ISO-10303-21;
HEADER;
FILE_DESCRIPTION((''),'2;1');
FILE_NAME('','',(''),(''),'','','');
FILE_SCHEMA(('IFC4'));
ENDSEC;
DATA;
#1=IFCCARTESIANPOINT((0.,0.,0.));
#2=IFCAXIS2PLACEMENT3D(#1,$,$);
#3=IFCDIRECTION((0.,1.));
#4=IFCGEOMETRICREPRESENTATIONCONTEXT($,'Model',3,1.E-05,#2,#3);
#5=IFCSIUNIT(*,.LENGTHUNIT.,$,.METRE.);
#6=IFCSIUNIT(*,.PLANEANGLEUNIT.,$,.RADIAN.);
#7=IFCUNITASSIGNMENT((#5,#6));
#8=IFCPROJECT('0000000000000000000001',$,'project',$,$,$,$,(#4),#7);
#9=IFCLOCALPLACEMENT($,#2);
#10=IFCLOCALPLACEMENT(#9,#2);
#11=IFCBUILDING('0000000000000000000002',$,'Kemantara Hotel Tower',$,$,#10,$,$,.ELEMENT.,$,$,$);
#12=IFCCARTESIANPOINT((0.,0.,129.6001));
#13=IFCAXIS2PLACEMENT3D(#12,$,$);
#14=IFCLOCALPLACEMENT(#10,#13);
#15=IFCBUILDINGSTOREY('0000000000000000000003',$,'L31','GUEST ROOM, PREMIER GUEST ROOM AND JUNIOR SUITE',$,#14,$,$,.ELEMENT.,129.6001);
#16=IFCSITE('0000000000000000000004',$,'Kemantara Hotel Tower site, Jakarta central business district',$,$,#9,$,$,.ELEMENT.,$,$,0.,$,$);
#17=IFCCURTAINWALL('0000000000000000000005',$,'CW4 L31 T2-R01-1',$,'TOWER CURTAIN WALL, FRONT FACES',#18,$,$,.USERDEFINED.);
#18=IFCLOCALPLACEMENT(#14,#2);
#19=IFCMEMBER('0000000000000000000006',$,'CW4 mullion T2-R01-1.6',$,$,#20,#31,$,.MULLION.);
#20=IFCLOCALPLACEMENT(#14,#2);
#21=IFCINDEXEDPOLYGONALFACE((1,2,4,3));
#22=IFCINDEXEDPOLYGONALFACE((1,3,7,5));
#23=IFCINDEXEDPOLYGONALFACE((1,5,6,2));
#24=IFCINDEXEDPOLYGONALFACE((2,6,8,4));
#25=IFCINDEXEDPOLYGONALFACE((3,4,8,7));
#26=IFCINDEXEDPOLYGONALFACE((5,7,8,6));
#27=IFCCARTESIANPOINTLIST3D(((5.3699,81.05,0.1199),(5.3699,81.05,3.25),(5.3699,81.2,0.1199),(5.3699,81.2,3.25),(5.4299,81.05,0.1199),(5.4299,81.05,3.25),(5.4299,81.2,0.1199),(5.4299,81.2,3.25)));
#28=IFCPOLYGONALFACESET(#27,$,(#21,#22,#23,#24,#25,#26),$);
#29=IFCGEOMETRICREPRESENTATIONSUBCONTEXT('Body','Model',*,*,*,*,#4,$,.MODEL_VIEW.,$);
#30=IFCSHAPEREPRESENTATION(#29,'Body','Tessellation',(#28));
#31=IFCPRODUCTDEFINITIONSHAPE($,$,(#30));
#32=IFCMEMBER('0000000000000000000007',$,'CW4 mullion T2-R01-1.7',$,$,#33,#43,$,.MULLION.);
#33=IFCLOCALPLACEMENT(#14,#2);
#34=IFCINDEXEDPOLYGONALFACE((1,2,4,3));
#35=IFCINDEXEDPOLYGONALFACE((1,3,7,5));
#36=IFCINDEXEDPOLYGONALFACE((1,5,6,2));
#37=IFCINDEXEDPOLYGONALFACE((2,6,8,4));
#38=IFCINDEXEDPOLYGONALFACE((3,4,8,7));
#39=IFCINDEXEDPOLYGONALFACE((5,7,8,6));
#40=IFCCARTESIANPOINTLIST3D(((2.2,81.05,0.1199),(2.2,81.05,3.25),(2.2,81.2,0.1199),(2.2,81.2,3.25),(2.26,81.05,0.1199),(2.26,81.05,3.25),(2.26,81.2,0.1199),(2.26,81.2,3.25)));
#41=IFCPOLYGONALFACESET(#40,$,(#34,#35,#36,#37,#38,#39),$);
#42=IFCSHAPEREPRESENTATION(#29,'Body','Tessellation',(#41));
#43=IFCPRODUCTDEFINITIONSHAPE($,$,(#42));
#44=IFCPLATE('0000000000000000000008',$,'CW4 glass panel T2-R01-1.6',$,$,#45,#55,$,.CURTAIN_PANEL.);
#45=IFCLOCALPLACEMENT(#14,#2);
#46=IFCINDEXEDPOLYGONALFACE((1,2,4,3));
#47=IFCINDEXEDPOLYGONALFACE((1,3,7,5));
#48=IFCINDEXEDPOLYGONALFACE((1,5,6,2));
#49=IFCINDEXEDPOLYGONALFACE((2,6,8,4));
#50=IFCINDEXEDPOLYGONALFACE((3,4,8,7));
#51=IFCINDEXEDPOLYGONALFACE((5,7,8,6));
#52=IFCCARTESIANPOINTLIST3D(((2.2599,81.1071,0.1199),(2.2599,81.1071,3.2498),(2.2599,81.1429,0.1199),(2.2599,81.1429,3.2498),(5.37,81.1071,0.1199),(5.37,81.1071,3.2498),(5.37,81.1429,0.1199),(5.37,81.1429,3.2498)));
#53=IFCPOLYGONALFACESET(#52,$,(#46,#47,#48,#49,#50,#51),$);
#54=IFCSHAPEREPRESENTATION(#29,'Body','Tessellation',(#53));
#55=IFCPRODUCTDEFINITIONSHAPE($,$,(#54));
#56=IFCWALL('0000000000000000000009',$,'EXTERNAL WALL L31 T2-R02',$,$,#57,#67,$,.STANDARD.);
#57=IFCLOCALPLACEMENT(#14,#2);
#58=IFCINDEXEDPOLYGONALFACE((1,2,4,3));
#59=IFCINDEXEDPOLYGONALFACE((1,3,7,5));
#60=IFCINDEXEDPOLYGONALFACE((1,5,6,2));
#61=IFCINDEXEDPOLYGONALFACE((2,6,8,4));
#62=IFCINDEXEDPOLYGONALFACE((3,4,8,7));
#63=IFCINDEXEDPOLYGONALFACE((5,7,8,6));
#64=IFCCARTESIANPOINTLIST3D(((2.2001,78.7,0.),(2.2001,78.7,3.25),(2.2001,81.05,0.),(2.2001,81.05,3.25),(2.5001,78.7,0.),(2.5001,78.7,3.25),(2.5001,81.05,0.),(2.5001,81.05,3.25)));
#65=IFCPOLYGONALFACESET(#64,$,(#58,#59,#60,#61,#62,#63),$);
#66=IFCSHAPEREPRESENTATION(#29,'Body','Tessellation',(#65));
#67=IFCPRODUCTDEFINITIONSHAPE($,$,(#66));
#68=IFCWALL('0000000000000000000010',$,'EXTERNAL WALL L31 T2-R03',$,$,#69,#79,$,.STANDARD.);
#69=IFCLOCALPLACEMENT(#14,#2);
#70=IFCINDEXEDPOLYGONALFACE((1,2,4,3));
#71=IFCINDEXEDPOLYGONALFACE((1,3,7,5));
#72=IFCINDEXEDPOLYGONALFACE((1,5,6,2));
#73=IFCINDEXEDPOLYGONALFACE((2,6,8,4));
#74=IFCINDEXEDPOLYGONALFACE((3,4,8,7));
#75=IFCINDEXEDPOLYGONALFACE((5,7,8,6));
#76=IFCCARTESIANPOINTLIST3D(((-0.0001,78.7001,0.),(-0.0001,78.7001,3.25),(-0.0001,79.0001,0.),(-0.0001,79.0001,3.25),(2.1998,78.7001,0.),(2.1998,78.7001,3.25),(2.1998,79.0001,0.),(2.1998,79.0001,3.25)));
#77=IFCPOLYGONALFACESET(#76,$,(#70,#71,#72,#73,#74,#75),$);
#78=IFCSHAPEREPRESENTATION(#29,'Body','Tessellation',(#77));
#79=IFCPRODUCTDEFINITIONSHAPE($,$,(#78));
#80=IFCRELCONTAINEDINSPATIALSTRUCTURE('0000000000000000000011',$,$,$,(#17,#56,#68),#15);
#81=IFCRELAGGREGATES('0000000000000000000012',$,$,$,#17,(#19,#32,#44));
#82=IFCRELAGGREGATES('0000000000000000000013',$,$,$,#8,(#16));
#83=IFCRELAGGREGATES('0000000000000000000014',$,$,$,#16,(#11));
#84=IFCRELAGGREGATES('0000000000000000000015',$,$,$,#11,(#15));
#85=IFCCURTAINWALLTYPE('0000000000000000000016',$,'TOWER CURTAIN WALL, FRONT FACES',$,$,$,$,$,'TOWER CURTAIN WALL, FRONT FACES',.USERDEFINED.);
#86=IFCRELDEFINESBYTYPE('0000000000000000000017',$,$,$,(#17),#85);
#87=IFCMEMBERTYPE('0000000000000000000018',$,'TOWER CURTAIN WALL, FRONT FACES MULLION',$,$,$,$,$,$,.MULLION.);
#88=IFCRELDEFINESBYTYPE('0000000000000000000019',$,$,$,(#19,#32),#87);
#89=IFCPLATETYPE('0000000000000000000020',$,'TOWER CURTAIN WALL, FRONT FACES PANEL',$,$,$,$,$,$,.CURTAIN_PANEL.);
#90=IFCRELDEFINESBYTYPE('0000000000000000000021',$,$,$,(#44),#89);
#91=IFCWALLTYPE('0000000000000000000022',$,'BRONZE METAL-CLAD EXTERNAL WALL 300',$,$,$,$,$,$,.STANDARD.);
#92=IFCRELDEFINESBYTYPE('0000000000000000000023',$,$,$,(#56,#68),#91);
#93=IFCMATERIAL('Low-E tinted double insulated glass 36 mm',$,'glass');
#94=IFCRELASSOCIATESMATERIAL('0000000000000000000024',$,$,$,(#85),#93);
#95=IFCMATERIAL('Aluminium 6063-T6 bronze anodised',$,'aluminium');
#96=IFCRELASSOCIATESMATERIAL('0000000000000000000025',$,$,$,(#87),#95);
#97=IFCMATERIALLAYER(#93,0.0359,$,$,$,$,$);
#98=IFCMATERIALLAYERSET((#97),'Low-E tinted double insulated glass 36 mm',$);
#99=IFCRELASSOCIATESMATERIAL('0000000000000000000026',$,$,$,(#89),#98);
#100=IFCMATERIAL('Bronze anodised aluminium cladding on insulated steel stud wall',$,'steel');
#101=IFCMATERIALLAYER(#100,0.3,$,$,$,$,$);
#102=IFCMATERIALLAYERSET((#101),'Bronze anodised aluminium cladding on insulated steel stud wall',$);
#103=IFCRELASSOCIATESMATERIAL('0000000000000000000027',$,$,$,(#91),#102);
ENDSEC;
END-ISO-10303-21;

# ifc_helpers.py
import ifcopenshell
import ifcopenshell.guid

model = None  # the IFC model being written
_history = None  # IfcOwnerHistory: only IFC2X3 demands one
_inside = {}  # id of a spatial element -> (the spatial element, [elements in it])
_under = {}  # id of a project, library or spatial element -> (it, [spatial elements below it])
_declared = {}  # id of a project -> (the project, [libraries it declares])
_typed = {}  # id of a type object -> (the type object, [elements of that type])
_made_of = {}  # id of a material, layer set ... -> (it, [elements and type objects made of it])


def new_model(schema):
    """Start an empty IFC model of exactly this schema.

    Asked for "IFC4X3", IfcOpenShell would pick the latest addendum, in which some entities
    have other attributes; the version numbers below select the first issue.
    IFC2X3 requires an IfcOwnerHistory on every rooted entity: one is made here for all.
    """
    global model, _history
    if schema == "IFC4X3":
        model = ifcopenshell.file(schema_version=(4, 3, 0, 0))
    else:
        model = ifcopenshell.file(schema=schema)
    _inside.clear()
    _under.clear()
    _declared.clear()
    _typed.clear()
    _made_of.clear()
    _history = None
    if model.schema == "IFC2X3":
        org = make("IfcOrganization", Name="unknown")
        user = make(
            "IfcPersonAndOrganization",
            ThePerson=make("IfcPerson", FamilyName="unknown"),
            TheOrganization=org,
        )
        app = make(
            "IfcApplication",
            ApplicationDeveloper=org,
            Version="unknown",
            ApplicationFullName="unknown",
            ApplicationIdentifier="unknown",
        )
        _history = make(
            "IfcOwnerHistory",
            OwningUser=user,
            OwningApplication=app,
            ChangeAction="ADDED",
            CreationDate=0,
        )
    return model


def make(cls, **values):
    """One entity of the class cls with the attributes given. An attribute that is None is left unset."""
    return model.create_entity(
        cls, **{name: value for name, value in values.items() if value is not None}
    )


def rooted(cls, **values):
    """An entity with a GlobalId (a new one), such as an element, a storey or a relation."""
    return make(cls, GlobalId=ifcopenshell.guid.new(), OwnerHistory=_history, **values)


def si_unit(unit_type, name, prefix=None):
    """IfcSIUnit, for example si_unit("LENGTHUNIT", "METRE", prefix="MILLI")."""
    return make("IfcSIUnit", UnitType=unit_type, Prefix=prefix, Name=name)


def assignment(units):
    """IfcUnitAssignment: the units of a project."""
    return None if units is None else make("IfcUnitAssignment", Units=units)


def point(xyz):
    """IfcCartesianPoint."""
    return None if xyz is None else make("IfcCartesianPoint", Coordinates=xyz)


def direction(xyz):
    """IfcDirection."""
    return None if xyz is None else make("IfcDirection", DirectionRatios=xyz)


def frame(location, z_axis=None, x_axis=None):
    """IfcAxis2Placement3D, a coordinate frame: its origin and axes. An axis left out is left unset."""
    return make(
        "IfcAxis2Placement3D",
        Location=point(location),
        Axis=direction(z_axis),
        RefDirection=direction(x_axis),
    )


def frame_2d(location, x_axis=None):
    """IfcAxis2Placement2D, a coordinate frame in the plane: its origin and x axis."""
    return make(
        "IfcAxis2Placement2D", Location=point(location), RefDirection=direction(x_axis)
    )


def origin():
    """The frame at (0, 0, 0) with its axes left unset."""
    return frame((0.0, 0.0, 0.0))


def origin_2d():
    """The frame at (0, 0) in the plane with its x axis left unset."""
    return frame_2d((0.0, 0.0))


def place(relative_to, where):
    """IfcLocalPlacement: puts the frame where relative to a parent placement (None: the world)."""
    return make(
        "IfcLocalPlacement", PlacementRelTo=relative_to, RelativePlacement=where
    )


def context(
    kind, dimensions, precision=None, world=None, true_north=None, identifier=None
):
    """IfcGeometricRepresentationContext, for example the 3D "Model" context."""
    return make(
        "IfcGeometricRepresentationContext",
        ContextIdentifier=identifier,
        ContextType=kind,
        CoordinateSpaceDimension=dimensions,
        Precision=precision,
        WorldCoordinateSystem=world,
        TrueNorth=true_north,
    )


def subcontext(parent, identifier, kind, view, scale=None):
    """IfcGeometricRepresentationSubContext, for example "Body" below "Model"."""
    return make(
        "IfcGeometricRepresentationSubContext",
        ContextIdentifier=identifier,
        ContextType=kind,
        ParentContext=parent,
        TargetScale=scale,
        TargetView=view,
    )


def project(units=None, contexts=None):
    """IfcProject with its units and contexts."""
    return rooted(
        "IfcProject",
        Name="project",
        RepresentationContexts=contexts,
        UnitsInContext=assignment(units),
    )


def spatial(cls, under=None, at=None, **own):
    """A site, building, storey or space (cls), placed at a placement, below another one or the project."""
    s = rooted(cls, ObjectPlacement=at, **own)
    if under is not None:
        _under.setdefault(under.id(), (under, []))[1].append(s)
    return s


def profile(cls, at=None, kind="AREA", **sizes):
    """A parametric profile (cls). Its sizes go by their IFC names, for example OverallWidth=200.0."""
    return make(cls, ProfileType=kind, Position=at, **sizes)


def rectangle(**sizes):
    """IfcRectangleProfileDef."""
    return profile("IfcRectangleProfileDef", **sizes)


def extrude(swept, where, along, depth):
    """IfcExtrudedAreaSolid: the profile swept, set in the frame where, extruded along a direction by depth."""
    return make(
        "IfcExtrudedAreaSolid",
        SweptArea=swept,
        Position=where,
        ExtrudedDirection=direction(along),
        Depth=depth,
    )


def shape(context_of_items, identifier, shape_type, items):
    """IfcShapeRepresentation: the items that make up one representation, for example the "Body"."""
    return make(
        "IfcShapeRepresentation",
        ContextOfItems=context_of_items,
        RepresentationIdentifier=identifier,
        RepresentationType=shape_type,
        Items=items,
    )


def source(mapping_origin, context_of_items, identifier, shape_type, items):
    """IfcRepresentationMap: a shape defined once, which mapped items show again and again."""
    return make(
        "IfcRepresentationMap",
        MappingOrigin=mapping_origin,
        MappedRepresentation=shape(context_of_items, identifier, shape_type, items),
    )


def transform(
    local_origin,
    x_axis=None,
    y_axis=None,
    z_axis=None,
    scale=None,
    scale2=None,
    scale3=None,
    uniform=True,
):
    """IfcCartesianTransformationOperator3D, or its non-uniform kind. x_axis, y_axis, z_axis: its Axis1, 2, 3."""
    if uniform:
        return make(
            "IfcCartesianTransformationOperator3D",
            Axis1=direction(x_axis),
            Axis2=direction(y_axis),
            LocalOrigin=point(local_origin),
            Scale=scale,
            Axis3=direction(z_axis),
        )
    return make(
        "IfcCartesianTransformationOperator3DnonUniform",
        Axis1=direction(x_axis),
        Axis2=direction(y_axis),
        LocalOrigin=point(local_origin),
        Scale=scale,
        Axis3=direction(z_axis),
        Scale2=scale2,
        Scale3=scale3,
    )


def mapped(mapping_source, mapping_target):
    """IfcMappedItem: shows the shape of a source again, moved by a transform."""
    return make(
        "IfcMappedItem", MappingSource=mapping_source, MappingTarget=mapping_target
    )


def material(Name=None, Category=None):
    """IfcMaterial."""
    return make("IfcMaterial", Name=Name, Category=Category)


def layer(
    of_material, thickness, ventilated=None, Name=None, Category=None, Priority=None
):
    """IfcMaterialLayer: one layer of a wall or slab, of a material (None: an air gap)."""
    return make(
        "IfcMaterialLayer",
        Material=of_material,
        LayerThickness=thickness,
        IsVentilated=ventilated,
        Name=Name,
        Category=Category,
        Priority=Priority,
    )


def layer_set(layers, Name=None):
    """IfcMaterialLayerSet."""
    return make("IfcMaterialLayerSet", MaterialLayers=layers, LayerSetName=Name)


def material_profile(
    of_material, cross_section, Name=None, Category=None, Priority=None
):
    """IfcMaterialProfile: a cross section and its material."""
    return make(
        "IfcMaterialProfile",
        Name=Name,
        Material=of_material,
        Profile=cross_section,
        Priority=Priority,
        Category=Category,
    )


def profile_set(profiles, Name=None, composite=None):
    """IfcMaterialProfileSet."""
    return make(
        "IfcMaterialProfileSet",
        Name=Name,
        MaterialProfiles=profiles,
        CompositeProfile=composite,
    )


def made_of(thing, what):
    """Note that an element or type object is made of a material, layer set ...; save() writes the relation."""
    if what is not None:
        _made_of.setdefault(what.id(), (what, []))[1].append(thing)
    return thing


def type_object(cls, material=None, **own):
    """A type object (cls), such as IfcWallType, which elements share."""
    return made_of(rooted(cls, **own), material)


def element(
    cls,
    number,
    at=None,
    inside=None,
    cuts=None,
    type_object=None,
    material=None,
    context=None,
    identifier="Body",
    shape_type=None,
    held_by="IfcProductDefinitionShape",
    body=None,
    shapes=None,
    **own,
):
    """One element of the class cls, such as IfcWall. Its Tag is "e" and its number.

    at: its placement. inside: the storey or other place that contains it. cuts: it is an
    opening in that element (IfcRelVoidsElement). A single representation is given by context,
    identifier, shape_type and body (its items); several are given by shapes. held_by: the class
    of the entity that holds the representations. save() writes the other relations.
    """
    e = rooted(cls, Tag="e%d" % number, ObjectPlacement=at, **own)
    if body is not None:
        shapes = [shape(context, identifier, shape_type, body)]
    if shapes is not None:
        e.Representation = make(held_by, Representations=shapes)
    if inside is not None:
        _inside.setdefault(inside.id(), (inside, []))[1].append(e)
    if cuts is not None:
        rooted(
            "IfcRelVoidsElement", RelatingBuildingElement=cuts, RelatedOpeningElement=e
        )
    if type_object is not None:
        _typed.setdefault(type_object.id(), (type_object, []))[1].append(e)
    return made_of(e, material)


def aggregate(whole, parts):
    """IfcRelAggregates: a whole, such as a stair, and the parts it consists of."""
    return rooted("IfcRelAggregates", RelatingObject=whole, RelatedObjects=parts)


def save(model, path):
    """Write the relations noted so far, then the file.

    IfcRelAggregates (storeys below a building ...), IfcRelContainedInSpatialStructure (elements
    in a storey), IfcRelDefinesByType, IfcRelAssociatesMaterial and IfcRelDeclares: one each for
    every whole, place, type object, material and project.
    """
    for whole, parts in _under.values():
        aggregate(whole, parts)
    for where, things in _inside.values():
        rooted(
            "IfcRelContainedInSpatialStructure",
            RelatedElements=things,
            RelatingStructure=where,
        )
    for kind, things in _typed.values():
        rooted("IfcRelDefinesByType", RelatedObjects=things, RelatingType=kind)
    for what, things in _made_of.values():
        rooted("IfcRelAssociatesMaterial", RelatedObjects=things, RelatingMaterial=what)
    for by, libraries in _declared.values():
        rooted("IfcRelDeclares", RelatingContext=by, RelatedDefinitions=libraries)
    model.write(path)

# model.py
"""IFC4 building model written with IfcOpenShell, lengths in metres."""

from ifc_helpers import new_model, si_unit, direction, frame, frame_2d, origin, origin_2d, place, context, subcontext, project, spatial, rectangle, extrude, source, transform, mapped, material, layer, layer_set, material_profile, profile_set, type_object, element, aggregate, save


model = new_model("IFC4")

# Units and contexts
model_context = context("Model", 3, precision=1e-05, world=origin(), true_north=direction((0.0, 1.0)))
body_context = subcontext(model_context, "Body", "Model", "MODEL_VIEW")
ifc_project = project(units=[si_unit("LENGTHUNIT", "METRE"), si_unit("PLANEANGLEUNIT", "RADIAN")], contexts=[model_context])

# Site, building, storey
site_placement = place(None, origin())
site = spatial("IfcSite", under=ifc_project, at=site_placement, Name="Kemantara Hotel Tower site, Jakarta central business district", CompositionType="ELEMENT", RefElevation=0.0)
building_placement = place(site_placement, origin())
building = spatial("IfcBuilding", under=site, at=building_placement, Name="Kemantara Hotel Tower", CompositionType="ELEMENT")
storey_placement = place(building_placement, frame((0.0, 0.0, 129.6001)))
storey = spatial("IfcBuildingStorey", under=building, at=storey_placement, Name="L31", Description="GUEST ROOM, PREMIER GUEST ROOM AND JUNIOR SUITE", CompositionType="ELEMENT", Elevation=129.6001)

# Curtain wall, members, plate
ifc_material_1 = material(Name="Low-E tinted double insulated glass 36 mm", Category="glass")
curtain_wall_type = type_object("IfcCurtainWallType", Name="TOWER CURTAIN WALL, FRONT FACES", ElementType="TOWER CURTAIN WALL, FRONT FACES", PredefinedType="USERDEFINED", material=ifc_material_1)
curtain_wall_placement = place(storey_placement, origin())
curtain_wall = element("IfcCurtainWall", 1, at=curtain_wall_placement, inside=storey, type_object=curtain_wall_type, Name="CW4 L31 T2-R01-1", ObjectType="TOWER CURTAIN WALL, FRONT FACES", PredefinedType="USERDEFINED")
ifc_material_2 = material(Name="Aluminium 6063-T6 bronze anodised", Category="aluminium")
ifc_material_profile = material_profile(ifc_material_2, rectangle(XDim=0.1499, YDim=0.0601, at=origin_2d()), Name="TOWER CURTAIN WALL, FRONT FACES MULLION")
ifc_profile_set = profile_set([ifc_material_profile], Name="Aluminium 6063-T6 bronze anodised")
member_type = type_object("IfcMemberType", Name="TOWER CURTAIN WALL, FRONT FACES MULLION", PredefinedType="MULLION", material=ifc_profile_set)
shared_shape_1 = source(origin(), body_context, "Body", "SweptSolid", [
    extrude(rectangle(XDim=0.1499, YDim=0.0601, at=origin_2d()), origin(), (0.0, 0.0, 1.0), 3.1301),
])
member_1_placement = place(storey_placement, frame((5.3999, 81.125, 0.1199), z_axis=(0.0, 0.0, 1.0), x_axis=(0.0, -1.0, 0.0)))
member_1 = element("IfcMember", 2, at=member_1_placement, type_object=member_type, Name="CW4 mullion T2-R01-1.6", PredefinedType="MULLION", context=body_context, shape_type="MappedRepresentation", body=[
    mapped(shared_shape_1, transform((0.0, 0.0, 0.0))),
])
member_2_placement = place(storey_placement, frame((2.23, 81.125, 0.1199), z_axis=(0.0, 0.0, 1.0), x_axis=(0.0, -1.0, 0.0)))
member_2 = element("IfcMember", 3, at=member_2_placement, type_object=member_type, Name="CW4 mullion T2-R01-1.7", PredefinedType="MULLION", context=body_context, shape_type="MappedRepresentation", body=[
    mapped(shared_shape_1, transform((0.0, 0.0, 0.0))),
])
ifc_layer_1 = layer(ifc_material_1, 0.0359)
ifc_layer_set_1 = layer_set([ifc_layer_1], Name="Low-E tinted double insulated glass 36 mm")
plate_type = type_object("IfcPlateType", Name="TOWER CURTAIN WALL, FRONT FACES PANEL", PredefinedType="CURTAIN_PANEL", material=ifc_layer_set_1)
shared_shape_2 = source(origin(), body_context, "Body", "SweptSolid", [
    extrude(rectangle(XDim=3.1101, YDim=0.0359, at=origin_2d()), origin(), (0.0, 0.0, 1.0), 3.1299),
])
plate_placement = place(storey_placement, frame((3.8149, 81.125, 0.1199), z_axis=(0.0, 0.0, 1.0), x_axis=(-1.0, 0.0, 0.0)))
plate = element("IfcPlate", 4, at=plate_placement, type_object=plate_type, Name="CW4 glass panel T2-R01-1.6", PredefinedType="CURTAIN_PANEL", context=body_context, shape_type="MappedRepresentation", body=[
    mapped(shared_shape_2, transform((0.0, 0.0, 0.0))),
])
aggregate(curtain_wall, [member_1, member_2, plate])

# Walls
ifc_material_3 = material(Name="Bronze anodised aluminium cladding on insulated steel stud wall", Category="steel")
ifc_layer_2 = layer(ifc_material_3, 0.3)
ifc_layer_set_2 = layer_set([ifc_layer_2], Name="Bronze anodised aluminium cladding on insulated steel stud wall")
wall_type = type_object("IfcWallType", Name="BRONZE METAL-CLAD EXTERNAL WALL 300", PredefinedType="STANDARD", material=ifc_layer_set_2)
wall_1_placement = place(storey_placement, frame((2.3501, 81.05, 0.0), z_axis=(0.0, 0.0, 1.0), x_axis=(0.0, -1.0, 0.0)))
element("IfcWall", 5, at=wall_1_placement, inside=storey, type_object=wall_type, Name="EXTERNAL WALL L31 T2-R02", PredefinedType="STANDARD", context=body_context, shape_type="SweptSolid", body=[
    extrude(rectangle(XDim=2.3501, YDim=0.3, at=frame_2d((1.175, 0.0))), origin(), (0.0, 0.0, 1.0), 3.25),
])
wall_2_placement = place(storey_placement, frame((2.2, 78.8501, 0.0), z_axis=(0.0, 0.0, 1.0), x_axis=(-1.0, 0.0, 0.0)))
element("IfcWall", 6, at=wall_2_placement, inside=storey, type_object=wall_type, Name="EXTERNAL WALL L31 T2-R03", PredefinedType="STANDARD", context=body_context, shape_type="SweptSolid", body=[
    extrude(rectangle(XDim=2.2, YDim=0.3, at=frame_2d((1.1001, 0.0))), origin(), (0.0, 0.0, 1.0), 3.25),
])

save(model, "model.ifc")
